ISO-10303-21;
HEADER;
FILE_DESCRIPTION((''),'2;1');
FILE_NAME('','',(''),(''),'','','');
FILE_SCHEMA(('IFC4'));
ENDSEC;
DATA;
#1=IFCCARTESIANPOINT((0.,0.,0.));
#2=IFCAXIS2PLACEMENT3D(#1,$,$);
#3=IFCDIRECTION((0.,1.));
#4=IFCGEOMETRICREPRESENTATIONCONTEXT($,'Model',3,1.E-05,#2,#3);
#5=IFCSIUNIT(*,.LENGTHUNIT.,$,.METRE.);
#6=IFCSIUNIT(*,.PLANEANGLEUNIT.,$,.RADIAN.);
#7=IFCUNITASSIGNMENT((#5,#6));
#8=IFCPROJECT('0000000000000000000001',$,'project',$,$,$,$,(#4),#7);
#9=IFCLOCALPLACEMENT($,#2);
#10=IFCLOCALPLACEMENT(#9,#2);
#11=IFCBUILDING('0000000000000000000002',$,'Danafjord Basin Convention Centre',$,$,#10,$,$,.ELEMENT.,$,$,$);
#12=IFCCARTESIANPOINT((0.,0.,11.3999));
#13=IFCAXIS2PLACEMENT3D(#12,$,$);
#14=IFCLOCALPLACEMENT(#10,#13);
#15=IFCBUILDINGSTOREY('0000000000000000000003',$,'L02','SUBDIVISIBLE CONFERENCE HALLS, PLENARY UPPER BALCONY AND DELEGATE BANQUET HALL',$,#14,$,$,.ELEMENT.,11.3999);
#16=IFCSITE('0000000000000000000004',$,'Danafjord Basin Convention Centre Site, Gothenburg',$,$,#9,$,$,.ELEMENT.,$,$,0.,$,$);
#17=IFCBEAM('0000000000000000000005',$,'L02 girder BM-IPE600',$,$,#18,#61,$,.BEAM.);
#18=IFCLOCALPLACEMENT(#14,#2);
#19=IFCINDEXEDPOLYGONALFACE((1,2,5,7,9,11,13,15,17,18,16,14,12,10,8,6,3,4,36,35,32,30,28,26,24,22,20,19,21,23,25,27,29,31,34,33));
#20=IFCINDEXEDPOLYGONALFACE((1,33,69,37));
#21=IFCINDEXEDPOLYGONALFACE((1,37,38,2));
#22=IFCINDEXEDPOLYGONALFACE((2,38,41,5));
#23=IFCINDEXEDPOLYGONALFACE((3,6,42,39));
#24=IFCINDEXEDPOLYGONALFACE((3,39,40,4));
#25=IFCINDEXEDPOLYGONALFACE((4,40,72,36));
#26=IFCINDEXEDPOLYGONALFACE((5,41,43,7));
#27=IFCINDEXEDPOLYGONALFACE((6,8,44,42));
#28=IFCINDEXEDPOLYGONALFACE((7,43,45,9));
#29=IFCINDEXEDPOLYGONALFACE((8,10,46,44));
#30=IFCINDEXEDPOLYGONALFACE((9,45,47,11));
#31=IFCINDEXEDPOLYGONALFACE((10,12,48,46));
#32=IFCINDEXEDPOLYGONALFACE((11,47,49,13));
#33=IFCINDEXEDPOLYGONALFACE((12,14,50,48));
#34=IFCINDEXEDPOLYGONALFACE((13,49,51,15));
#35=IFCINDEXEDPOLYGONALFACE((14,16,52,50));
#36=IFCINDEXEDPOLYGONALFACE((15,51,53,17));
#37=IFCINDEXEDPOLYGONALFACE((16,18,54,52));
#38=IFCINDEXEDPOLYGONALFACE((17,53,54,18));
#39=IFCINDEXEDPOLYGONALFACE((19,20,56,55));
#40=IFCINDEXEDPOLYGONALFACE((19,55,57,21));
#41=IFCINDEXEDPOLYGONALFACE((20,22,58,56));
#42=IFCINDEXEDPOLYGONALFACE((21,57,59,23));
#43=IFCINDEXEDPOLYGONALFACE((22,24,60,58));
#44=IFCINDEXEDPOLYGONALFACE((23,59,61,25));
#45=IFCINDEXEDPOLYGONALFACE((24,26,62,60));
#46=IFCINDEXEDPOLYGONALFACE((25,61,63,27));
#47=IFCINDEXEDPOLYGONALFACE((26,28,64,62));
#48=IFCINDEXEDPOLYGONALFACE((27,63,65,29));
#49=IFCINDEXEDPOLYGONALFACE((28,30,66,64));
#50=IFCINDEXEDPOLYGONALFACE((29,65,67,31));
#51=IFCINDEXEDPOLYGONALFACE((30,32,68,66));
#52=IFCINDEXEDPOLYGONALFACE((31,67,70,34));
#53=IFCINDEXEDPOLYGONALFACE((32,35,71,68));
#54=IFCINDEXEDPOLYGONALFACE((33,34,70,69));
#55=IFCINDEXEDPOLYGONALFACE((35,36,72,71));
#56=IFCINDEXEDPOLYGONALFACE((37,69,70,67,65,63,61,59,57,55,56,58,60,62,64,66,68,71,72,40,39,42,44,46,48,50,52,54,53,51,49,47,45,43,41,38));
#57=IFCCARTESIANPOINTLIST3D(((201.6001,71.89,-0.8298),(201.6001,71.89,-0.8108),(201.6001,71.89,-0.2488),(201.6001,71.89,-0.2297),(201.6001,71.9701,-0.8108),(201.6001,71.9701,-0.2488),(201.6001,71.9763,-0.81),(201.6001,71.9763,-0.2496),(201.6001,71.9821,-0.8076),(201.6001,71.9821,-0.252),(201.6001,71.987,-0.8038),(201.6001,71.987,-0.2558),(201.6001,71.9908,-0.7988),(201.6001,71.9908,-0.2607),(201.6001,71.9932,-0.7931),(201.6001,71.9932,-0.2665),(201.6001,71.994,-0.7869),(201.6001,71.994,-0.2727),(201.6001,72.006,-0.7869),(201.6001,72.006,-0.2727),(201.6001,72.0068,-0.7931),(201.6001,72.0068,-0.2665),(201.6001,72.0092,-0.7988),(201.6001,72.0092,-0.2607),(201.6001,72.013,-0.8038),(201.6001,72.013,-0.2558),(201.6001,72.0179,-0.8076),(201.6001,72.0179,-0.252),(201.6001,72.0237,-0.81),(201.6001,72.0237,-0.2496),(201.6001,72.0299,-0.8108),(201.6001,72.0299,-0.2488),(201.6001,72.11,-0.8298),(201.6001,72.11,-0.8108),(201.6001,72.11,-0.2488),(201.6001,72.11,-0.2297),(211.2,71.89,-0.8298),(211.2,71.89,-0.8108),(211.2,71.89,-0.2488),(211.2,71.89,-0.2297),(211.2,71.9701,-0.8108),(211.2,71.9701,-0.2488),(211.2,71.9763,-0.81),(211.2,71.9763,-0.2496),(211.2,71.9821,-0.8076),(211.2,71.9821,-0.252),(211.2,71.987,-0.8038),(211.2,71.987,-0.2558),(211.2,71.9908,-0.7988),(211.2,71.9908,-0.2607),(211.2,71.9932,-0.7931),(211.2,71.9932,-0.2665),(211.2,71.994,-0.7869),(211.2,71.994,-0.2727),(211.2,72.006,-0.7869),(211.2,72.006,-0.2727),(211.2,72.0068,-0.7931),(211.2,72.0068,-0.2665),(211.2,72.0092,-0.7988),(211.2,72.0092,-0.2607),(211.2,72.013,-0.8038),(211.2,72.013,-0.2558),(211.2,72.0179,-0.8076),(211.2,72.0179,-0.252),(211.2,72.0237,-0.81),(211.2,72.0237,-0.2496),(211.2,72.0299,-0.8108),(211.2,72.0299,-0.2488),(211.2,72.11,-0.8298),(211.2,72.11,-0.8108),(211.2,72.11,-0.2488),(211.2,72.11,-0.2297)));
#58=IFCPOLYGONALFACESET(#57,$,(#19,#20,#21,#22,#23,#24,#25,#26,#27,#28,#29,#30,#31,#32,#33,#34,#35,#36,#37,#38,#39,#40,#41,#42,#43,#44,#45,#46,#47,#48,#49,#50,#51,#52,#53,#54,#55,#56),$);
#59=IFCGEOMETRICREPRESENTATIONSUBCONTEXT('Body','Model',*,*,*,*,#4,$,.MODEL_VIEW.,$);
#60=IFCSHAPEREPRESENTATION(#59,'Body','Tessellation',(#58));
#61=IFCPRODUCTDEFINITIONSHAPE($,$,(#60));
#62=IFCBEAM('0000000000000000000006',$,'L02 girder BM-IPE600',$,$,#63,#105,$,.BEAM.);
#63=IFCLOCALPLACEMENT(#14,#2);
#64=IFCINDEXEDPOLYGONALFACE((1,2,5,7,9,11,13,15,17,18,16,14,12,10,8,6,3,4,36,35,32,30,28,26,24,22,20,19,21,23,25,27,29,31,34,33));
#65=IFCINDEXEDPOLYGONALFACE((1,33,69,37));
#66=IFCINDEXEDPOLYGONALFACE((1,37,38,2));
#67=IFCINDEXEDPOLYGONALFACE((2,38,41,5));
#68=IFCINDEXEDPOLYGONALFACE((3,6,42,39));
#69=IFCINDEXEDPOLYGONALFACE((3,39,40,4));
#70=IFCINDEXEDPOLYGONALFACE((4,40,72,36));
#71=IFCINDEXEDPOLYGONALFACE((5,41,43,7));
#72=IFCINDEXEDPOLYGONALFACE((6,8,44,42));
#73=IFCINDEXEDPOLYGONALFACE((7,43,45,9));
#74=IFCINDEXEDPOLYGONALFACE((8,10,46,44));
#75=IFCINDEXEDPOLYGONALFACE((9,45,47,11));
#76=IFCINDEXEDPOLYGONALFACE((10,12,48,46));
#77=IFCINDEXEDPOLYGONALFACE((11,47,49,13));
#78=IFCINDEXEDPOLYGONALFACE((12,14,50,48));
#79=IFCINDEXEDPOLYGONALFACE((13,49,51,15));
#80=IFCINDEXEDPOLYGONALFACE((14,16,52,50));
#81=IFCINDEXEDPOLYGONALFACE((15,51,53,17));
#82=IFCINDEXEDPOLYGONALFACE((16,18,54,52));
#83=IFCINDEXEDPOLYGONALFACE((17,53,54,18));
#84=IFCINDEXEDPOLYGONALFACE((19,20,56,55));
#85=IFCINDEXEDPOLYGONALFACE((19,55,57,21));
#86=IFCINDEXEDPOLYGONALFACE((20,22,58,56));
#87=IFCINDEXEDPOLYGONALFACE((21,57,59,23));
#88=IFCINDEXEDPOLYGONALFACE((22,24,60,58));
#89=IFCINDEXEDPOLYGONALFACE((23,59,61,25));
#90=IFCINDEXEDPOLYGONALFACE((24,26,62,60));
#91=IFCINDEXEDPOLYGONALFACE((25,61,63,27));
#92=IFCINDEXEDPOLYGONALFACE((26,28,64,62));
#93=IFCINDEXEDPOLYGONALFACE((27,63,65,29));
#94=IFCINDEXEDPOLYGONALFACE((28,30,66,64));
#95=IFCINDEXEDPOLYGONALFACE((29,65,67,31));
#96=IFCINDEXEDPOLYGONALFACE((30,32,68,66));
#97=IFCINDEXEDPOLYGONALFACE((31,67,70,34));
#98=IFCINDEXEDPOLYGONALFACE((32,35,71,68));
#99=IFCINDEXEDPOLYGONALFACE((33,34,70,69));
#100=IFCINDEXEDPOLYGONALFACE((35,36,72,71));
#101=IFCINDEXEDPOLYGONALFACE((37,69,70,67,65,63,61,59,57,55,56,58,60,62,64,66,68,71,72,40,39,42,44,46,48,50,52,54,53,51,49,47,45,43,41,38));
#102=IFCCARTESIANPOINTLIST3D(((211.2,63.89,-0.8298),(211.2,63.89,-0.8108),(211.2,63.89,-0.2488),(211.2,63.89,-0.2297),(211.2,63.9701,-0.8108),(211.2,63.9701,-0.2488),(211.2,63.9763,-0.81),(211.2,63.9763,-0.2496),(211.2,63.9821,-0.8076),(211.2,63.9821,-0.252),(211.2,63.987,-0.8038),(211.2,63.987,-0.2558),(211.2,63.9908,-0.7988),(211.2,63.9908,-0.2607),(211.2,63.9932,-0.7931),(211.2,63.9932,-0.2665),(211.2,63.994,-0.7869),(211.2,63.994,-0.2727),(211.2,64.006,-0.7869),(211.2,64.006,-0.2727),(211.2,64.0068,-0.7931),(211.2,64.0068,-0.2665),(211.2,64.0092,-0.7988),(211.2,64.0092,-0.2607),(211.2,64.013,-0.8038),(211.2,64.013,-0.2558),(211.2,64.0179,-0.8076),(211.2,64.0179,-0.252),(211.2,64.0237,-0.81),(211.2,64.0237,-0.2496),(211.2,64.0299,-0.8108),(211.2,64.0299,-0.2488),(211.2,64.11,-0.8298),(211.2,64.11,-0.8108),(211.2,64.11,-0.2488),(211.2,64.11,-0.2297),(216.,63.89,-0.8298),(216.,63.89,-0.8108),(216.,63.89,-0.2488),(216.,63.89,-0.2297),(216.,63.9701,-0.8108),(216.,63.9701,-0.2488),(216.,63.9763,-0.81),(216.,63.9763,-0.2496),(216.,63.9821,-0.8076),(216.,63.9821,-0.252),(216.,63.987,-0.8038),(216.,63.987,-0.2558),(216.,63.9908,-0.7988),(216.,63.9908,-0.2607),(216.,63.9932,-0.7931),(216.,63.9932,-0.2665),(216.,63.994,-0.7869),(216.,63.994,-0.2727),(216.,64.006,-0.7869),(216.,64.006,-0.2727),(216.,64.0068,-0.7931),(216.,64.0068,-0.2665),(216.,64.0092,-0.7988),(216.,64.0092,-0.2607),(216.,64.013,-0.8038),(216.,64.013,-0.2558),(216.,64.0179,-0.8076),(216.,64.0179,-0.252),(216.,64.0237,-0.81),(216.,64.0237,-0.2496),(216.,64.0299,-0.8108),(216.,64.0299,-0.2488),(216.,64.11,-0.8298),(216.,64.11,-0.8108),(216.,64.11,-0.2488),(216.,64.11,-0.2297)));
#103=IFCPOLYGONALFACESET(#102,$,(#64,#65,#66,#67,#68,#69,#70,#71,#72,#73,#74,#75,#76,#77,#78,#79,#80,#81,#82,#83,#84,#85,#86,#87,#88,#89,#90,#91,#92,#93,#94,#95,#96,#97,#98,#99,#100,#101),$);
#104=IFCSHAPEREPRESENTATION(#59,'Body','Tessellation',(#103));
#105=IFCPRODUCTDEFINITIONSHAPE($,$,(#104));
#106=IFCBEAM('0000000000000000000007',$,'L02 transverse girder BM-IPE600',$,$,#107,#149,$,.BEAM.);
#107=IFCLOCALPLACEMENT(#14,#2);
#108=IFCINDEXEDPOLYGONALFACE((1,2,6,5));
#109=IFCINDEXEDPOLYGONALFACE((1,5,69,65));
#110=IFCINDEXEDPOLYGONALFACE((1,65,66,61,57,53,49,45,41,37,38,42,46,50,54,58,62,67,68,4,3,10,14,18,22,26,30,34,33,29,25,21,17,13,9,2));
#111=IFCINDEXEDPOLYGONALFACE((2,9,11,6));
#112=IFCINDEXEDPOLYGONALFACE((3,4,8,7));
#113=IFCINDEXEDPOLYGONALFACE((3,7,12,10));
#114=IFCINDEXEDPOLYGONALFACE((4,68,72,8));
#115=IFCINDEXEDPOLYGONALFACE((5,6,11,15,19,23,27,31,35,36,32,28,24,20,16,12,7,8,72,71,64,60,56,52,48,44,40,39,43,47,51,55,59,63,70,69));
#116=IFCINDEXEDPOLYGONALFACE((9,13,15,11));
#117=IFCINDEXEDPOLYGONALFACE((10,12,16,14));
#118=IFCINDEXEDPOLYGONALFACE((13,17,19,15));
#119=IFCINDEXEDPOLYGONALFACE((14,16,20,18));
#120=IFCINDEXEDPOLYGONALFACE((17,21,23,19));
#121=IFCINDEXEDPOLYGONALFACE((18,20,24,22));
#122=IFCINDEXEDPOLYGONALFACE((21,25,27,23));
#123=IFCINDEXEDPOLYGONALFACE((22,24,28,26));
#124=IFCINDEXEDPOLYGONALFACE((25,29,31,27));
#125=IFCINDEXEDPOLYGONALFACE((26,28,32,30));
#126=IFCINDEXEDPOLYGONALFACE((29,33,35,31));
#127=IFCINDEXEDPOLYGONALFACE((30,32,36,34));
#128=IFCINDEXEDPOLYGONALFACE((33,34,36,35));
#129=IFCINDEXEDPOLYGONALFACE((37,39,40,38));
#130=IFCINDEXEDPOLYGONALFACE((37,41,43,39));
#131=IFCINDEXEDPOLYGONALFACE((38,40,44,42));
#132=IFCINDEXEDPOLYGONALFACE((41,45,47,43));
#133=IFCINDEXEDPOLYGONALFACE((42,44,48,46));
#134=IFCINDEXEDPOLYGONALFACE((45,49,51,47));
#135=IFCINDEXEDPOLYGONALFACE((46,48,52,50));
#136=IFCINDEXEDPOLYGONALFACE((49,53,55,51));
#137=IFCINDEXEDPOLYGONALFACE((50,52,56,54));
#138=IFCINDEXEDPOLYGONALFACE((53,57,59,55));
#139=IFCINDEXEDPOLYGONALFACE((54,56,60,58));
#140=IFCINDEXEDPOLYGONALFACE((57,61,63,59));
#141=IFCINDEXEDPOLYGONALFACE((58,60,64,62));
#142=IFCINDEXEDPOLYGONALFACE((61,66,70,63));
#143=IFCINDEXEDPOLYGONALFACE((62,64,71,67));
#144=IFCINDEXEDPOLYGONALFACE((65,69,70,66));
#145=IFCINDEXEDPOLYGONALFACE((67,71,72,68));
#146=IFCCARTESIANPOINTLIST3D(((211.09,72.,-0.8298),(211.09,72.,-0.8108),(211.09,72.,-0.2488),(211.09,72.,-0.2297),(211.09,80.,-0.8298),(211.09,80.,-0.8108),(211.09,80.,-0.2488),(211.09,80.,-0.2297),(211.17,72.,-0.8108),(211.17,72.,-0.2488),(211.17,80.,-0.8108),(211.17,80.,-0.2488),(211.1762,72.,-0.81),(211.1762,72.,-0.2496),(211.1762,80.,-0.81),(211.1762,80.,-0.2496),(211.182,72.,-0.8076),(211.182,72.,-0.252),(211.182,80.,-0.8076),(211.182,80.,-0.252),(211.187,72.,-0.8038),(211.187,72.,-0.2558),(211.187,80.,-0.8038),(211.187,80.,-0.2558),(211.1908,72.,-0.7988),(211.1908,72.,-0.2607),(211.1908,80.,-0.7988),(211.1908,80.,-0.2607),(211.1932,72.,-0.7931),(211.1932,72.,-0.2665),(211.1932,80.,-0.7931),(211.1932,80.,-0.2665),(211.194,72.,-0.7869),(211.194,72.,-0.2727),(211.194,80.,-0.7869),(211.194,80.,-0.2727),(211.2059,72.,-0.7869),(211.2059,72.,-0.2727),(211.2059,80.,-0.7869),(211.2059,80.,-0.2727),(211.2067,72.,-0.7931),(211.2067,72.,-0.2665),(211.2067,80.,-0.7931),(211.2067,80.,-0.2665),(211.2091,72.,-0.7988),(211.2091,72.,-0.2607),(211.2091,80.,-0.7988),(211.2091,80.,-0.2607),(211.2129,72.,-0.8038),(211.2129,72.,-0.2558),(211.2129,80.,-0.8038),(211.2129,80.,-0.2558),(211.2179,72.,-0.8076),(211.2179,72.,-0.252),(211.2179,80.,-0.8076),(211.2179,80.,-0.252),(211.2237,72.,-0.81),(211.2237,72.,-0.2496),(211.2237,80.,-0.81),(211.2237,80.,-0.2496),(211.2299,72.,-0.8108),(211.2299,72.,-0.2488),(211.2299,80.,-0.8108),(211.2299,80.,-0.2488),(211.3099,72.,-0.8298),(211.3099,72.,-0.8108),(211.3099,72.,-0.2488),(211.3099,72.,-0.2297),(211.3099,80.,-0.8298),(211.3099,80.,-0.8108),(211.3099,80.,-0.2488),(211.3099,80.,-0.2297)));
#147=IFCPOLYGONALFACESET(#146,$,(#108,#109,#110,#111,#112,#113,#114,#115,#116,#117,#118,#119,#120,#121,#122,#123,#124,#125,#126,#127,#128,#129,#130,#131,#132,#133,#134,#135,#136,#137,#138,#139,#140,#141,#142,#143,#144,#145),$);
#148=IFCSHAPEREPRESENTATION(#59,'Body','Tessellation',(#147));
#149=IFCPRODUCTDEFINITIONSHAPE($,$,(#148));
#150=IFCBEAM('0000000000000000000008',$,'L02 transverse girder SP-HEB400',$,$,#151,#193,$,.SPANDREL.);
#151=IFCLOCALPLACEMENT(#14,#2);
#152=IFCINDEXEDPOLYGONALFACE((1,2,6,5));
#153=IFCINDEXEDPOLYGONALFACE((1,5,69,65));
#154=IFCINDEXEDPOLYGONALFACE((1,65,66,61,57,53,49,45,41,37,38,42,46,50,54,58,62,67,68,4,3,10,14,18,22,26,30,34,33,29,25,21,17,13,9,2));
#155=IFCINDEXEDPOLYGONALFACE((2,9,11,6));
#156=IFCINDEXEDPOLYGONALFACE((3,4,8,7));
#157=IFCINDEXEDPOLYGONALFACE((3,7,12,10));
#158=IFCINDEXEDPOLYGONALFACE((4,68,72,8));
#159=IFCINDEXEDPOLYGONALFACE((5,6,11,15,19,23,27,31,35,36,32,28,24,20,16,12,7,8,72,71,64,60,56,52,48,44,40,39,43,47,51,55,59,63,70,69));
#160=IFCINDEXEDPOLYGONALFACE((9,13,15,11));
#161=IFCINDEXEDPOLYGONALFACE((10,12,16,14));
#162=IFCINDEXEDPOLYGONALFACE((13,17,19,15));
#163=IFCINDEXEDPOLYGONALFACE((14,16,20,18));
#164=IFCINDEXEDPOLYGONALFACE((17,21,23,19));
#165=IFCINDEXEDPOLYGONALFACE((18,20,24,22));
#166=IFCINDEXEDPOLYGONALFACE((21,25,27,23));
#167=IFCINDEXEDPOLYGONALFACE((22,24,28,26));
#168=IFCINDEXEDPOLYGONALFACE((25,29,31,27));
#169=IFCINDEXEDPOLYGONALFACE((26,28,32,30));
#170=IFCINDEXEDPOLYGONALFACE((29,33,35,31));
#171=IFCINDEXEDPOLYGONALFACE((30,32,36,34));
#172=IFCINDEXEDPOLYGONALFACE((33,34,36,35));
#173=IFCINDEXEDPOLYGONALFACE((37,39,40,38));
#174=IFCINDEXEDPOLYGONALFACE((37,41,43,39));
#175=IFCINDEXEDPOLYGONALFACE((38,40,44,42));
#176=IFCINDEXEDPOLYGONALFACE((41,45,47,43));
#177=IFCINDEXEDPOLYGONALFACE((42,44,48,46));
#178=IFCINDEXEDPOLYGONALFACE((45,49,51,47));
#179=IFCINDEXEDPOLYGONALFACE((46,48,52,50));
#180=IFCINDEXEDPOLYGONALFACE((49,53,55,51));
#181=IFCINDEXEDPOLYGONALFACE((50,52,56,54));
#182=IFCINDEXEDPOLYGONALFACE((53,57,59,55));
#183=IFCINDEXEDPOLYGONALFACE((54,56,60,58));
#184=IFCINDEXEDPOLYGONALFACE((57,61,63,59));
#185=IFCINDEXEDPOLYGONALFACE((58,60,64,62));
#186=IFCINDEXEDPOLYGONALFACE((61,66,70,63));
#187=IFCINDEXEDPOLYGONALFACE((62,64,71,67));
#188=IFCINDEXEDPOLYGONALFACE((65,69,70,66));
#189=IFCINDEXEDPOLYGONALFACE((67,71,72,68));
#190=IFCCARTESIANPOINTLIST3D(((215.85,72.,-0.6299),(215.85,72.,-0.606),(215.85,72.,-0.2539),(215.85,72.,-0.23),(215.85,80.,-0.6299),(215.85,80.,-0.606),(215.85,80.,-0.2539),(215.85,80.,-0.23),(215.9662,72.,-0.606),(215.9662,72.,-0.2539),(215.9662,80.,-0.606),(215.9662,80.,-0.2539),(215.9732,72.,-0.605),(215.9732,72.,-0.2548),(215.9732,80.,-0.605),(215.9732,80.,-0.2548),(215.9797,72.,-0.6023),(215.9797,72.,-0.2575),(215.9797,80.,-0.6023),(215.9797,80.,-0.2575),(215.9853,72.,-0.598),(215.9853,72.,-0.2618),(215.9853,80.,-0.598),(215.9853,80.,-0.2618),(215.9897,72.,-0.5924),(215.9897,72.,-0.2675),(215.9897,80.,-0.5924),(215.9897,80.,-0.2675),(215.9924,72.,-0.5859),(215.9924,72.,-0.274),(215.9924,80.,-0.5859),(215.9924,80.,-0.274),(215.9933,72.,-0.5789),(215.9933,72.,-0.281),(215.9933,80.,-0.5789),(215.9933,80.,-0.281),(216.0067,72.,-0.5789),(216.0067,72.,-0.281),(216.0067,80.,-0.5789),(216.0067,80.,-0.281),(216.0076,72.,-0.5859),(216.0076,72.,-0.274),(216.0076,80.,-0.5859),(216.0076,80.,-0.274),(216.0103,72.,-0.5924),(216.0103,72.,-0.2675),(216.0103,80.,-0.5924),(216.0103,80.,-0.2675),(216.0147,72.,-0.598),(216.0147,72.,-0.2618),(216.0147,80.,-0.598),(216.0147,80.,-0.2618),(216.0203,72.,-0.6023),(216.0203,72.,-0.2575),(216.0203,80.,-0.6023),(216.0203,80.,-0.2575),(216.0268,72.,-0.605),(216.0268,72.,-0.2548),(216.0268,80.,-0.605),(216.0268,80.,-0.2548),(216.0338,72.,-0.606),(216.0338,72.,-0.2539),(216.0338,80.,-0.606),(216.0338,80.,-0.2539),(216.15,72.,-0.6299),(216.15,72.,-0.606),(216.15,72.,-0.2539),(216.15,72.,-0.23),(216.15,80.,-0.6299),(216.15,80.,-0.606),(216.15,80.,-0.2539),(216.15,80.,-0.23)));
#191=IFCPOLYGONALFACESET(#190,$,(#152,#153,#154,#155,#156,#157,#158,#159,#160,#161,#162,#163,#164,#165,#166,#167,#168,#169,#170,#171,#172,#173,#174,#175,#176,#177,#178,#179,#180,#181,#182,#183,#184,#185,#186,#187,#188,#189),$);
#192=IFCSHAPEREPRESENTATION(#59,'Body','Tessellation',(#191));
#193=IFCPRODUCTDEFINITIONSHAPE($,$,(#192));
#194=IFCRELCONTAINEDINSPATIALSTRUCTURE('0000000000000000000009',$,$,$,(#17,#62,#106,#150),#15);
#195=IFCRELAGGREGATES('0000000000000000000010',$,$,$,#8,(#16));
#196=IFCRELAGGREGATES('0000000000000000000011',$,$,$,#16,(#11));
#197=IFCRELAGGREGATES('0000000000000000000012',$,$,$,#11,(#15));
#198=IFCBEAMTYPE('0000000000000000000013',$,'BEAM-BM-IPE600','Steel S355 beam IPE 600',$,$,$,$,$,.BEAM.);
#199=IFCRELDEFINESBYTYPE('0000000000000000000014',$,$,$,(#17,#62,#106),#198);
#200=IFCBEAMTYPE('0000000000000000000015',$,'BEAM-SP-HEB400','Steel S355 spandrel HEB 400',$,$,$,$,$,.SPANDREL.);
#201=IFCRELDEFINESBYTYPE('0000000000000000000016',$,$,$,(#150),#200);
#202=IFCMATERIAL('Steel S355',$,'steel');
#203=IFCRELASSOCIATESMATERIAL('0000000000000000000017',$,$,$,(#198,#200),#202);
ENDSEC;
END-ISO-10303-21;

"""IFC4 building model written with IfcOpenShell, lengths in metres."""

from ifc_helpers import new_model, si_unit, direction, frame, origin, origin_2d, place, context, subcontext, project, spatial, i_section, extrude, material, material_profile, profile_set, type_object, element, save


model = new_model("IFC4")

# Units and contexts
model_context = context("Model", 3, precision=1e-05, world=origin(), true_north=direction((0.0, 1.0)))
body_context = subcontext(model_context, "Body", "Model", "MODEL_VIEW")
ifc_project = project(units=[si_unit("LENGTHUNIT", "METRE"), si_unit("PLANEANGLEUNIT", "RADIAN")], contexts=[model_context])

# Site, building, storey
site_placement = place(None, origin())
site = spatial("IfcSite", under=ifc_project, at=site_placement, Name="Danafjord Basin Convention Centre Site, Gothenburg", CompositionType="ELEMENT", RefElevation=0.0)
building_placement = place(site_placement, origin())
building = spatial("IfcBuilding", under=site, at=building_placement, Name="Danafjord Basin Convention Centre", CompositionType="ELEMENT")
storey_placement = place(building_placement, frame((0.0, 0.0, 11.3999)))
storey = spatial("IfcBuildingStorey", under=building, at=storey_placement, Name="L02", Description="SUBDIVISIBLE CONFERENCE HALLS, PLENARY UPPER BALCONY AND DELEGATE BANQUET HALL", CompositionType="ELEMENT", Elevation=11.3999)

# Shared definitions
ifc_material_1 = material(Name="Steel S355", Category="steel")

# Beams
ifc_material_profile_1 = material_profile(ifc_material_1, i_section(OverallWidth=0.22, OverallDepth=0.6001, WebThickness=0.012, FlangeThickness=0.019, FilletRadius=0.0239, at=origin_2d()), Name="IPE 600")
ifc_profile_set_1 = profile_set([ifc_material_profile_1], Name="Steel S355")
beam_type_1 = type_object("IfcBeamType", Name="BEAM-BM-IPE600", Description="Steel S355 beam IPE 600", PredefinedType="BEAM", material=ifc_profile_set_1)
beam_1_placement = place(storey_placement, frame((201.6001, 72.0, -0.5298), z_axis=(1.0, 0.0, 0.0), x_axis=(0.0, 1.0, 0.0)))
element("IfcBeam", 1, at=beam_1_placement, inside=storey, type_object=beam_type_1, Name="L02 girder BM-IPE600", PredefinedType="BEAM", context=body_context, shape_type="SweptSolid", body=[
    extrude(i_section(OverallWidth=0.22, OverallDepth=0.6001, WebThickness=0.012, FlangeThickness=0.019, FilletRadius=0.0239, at=origin_2d()), origin(), (0.0, 0.0, 1.0), 9.5999),
])
beam_2_placement = place(storey_placement, frame((211.2, 64.0, -0.5298), z_axis=(1.0, 0.0, 0.0), x_axis=(0.0, 1.0, 0.0)))
element("IfcBeam", 2, at=beam_2_placement, inside=storey, type_object=beam_type_1, Name="L02 girder BM-IPE600", PredefinedType="BEAM", context=body_context, shape_type="SweptSolid", body=[
    extrude(i_section(OverallWidth=0.22, OverallDepth=0.6001, WebThickness=0.012, FlangeThickness=0.019, FilletRadius=0.0239, at=origin_2d()), origin(), (0.0, 0.0, 1.0), 4.8),
])
beam_3_placement = place(storey_placement, frame((211.2, 72.0, -0.5298), z_axis=(0.0, 1.0, 0.0), x_axis=(-1.0, 0.0, 0.0)))
element("IfcBeam", 3, at=beam_3_placement, inside=storey, type_object=beam_type_1, Name="L02 transverse girder BM-IPE600", PredefinedType="BEAM", context=body_context, shape_type="SweptSolid", body=[
    extrude(i_section(OverallWidth=0.22, OverallDepth=0.6001, WebThickness=0.012, FlangeThickness=0.019, FilletRadius=0.0239, at=origin_2d()), origin(), (0.0, 0.0, 1.0), 8.0),
])
ifc_material_profile_2 = material_profile(ifc_material_1, i_section(OverallWidth=0.3, OverallDepth=0.3999, WebThickness=0.0134, FlangeThickness=0.0239, FilletRadius=0.0271, at=origin_2d()), Name="HEB 400")
ifc_profile_set_2 = profile_set([ifc_material_profile_2], Name="Steel S355")
beam_type_2 = type_object("IfcBeamType", Name="BEAM-SP-HEB400", Description="Steel S355 spandrel HEB 400", PredefinedType="SPANDREL", material=ifc_profile_set_2)
beam_4_placement = place(storey_placement, frame((216.0, 72.0, -0.4299), z_axis=(0.0, 1.0, 0.0), x_axis=(-1.0, 0.0, 0.0)))
element("IfcBeam", 4, at=beam_4_placement, inside=storey, type_object=beam_type_2, Name="L02 transverse girder SP-HEB400", PredefinedType="SPANDREL", context=body_context, shape_type="SweptSolid", body=[
    extrude(i_section(OverallWidth=0.3, OverallDepth=0.3999, WebThickness=0.0134, FlangeThickness=0.0239, FilletRadius=0.0271, at=origin_2d()), origin(), (0.0, 0.0, 1.0), 8.0),
])

save(model, "model.ifc")
